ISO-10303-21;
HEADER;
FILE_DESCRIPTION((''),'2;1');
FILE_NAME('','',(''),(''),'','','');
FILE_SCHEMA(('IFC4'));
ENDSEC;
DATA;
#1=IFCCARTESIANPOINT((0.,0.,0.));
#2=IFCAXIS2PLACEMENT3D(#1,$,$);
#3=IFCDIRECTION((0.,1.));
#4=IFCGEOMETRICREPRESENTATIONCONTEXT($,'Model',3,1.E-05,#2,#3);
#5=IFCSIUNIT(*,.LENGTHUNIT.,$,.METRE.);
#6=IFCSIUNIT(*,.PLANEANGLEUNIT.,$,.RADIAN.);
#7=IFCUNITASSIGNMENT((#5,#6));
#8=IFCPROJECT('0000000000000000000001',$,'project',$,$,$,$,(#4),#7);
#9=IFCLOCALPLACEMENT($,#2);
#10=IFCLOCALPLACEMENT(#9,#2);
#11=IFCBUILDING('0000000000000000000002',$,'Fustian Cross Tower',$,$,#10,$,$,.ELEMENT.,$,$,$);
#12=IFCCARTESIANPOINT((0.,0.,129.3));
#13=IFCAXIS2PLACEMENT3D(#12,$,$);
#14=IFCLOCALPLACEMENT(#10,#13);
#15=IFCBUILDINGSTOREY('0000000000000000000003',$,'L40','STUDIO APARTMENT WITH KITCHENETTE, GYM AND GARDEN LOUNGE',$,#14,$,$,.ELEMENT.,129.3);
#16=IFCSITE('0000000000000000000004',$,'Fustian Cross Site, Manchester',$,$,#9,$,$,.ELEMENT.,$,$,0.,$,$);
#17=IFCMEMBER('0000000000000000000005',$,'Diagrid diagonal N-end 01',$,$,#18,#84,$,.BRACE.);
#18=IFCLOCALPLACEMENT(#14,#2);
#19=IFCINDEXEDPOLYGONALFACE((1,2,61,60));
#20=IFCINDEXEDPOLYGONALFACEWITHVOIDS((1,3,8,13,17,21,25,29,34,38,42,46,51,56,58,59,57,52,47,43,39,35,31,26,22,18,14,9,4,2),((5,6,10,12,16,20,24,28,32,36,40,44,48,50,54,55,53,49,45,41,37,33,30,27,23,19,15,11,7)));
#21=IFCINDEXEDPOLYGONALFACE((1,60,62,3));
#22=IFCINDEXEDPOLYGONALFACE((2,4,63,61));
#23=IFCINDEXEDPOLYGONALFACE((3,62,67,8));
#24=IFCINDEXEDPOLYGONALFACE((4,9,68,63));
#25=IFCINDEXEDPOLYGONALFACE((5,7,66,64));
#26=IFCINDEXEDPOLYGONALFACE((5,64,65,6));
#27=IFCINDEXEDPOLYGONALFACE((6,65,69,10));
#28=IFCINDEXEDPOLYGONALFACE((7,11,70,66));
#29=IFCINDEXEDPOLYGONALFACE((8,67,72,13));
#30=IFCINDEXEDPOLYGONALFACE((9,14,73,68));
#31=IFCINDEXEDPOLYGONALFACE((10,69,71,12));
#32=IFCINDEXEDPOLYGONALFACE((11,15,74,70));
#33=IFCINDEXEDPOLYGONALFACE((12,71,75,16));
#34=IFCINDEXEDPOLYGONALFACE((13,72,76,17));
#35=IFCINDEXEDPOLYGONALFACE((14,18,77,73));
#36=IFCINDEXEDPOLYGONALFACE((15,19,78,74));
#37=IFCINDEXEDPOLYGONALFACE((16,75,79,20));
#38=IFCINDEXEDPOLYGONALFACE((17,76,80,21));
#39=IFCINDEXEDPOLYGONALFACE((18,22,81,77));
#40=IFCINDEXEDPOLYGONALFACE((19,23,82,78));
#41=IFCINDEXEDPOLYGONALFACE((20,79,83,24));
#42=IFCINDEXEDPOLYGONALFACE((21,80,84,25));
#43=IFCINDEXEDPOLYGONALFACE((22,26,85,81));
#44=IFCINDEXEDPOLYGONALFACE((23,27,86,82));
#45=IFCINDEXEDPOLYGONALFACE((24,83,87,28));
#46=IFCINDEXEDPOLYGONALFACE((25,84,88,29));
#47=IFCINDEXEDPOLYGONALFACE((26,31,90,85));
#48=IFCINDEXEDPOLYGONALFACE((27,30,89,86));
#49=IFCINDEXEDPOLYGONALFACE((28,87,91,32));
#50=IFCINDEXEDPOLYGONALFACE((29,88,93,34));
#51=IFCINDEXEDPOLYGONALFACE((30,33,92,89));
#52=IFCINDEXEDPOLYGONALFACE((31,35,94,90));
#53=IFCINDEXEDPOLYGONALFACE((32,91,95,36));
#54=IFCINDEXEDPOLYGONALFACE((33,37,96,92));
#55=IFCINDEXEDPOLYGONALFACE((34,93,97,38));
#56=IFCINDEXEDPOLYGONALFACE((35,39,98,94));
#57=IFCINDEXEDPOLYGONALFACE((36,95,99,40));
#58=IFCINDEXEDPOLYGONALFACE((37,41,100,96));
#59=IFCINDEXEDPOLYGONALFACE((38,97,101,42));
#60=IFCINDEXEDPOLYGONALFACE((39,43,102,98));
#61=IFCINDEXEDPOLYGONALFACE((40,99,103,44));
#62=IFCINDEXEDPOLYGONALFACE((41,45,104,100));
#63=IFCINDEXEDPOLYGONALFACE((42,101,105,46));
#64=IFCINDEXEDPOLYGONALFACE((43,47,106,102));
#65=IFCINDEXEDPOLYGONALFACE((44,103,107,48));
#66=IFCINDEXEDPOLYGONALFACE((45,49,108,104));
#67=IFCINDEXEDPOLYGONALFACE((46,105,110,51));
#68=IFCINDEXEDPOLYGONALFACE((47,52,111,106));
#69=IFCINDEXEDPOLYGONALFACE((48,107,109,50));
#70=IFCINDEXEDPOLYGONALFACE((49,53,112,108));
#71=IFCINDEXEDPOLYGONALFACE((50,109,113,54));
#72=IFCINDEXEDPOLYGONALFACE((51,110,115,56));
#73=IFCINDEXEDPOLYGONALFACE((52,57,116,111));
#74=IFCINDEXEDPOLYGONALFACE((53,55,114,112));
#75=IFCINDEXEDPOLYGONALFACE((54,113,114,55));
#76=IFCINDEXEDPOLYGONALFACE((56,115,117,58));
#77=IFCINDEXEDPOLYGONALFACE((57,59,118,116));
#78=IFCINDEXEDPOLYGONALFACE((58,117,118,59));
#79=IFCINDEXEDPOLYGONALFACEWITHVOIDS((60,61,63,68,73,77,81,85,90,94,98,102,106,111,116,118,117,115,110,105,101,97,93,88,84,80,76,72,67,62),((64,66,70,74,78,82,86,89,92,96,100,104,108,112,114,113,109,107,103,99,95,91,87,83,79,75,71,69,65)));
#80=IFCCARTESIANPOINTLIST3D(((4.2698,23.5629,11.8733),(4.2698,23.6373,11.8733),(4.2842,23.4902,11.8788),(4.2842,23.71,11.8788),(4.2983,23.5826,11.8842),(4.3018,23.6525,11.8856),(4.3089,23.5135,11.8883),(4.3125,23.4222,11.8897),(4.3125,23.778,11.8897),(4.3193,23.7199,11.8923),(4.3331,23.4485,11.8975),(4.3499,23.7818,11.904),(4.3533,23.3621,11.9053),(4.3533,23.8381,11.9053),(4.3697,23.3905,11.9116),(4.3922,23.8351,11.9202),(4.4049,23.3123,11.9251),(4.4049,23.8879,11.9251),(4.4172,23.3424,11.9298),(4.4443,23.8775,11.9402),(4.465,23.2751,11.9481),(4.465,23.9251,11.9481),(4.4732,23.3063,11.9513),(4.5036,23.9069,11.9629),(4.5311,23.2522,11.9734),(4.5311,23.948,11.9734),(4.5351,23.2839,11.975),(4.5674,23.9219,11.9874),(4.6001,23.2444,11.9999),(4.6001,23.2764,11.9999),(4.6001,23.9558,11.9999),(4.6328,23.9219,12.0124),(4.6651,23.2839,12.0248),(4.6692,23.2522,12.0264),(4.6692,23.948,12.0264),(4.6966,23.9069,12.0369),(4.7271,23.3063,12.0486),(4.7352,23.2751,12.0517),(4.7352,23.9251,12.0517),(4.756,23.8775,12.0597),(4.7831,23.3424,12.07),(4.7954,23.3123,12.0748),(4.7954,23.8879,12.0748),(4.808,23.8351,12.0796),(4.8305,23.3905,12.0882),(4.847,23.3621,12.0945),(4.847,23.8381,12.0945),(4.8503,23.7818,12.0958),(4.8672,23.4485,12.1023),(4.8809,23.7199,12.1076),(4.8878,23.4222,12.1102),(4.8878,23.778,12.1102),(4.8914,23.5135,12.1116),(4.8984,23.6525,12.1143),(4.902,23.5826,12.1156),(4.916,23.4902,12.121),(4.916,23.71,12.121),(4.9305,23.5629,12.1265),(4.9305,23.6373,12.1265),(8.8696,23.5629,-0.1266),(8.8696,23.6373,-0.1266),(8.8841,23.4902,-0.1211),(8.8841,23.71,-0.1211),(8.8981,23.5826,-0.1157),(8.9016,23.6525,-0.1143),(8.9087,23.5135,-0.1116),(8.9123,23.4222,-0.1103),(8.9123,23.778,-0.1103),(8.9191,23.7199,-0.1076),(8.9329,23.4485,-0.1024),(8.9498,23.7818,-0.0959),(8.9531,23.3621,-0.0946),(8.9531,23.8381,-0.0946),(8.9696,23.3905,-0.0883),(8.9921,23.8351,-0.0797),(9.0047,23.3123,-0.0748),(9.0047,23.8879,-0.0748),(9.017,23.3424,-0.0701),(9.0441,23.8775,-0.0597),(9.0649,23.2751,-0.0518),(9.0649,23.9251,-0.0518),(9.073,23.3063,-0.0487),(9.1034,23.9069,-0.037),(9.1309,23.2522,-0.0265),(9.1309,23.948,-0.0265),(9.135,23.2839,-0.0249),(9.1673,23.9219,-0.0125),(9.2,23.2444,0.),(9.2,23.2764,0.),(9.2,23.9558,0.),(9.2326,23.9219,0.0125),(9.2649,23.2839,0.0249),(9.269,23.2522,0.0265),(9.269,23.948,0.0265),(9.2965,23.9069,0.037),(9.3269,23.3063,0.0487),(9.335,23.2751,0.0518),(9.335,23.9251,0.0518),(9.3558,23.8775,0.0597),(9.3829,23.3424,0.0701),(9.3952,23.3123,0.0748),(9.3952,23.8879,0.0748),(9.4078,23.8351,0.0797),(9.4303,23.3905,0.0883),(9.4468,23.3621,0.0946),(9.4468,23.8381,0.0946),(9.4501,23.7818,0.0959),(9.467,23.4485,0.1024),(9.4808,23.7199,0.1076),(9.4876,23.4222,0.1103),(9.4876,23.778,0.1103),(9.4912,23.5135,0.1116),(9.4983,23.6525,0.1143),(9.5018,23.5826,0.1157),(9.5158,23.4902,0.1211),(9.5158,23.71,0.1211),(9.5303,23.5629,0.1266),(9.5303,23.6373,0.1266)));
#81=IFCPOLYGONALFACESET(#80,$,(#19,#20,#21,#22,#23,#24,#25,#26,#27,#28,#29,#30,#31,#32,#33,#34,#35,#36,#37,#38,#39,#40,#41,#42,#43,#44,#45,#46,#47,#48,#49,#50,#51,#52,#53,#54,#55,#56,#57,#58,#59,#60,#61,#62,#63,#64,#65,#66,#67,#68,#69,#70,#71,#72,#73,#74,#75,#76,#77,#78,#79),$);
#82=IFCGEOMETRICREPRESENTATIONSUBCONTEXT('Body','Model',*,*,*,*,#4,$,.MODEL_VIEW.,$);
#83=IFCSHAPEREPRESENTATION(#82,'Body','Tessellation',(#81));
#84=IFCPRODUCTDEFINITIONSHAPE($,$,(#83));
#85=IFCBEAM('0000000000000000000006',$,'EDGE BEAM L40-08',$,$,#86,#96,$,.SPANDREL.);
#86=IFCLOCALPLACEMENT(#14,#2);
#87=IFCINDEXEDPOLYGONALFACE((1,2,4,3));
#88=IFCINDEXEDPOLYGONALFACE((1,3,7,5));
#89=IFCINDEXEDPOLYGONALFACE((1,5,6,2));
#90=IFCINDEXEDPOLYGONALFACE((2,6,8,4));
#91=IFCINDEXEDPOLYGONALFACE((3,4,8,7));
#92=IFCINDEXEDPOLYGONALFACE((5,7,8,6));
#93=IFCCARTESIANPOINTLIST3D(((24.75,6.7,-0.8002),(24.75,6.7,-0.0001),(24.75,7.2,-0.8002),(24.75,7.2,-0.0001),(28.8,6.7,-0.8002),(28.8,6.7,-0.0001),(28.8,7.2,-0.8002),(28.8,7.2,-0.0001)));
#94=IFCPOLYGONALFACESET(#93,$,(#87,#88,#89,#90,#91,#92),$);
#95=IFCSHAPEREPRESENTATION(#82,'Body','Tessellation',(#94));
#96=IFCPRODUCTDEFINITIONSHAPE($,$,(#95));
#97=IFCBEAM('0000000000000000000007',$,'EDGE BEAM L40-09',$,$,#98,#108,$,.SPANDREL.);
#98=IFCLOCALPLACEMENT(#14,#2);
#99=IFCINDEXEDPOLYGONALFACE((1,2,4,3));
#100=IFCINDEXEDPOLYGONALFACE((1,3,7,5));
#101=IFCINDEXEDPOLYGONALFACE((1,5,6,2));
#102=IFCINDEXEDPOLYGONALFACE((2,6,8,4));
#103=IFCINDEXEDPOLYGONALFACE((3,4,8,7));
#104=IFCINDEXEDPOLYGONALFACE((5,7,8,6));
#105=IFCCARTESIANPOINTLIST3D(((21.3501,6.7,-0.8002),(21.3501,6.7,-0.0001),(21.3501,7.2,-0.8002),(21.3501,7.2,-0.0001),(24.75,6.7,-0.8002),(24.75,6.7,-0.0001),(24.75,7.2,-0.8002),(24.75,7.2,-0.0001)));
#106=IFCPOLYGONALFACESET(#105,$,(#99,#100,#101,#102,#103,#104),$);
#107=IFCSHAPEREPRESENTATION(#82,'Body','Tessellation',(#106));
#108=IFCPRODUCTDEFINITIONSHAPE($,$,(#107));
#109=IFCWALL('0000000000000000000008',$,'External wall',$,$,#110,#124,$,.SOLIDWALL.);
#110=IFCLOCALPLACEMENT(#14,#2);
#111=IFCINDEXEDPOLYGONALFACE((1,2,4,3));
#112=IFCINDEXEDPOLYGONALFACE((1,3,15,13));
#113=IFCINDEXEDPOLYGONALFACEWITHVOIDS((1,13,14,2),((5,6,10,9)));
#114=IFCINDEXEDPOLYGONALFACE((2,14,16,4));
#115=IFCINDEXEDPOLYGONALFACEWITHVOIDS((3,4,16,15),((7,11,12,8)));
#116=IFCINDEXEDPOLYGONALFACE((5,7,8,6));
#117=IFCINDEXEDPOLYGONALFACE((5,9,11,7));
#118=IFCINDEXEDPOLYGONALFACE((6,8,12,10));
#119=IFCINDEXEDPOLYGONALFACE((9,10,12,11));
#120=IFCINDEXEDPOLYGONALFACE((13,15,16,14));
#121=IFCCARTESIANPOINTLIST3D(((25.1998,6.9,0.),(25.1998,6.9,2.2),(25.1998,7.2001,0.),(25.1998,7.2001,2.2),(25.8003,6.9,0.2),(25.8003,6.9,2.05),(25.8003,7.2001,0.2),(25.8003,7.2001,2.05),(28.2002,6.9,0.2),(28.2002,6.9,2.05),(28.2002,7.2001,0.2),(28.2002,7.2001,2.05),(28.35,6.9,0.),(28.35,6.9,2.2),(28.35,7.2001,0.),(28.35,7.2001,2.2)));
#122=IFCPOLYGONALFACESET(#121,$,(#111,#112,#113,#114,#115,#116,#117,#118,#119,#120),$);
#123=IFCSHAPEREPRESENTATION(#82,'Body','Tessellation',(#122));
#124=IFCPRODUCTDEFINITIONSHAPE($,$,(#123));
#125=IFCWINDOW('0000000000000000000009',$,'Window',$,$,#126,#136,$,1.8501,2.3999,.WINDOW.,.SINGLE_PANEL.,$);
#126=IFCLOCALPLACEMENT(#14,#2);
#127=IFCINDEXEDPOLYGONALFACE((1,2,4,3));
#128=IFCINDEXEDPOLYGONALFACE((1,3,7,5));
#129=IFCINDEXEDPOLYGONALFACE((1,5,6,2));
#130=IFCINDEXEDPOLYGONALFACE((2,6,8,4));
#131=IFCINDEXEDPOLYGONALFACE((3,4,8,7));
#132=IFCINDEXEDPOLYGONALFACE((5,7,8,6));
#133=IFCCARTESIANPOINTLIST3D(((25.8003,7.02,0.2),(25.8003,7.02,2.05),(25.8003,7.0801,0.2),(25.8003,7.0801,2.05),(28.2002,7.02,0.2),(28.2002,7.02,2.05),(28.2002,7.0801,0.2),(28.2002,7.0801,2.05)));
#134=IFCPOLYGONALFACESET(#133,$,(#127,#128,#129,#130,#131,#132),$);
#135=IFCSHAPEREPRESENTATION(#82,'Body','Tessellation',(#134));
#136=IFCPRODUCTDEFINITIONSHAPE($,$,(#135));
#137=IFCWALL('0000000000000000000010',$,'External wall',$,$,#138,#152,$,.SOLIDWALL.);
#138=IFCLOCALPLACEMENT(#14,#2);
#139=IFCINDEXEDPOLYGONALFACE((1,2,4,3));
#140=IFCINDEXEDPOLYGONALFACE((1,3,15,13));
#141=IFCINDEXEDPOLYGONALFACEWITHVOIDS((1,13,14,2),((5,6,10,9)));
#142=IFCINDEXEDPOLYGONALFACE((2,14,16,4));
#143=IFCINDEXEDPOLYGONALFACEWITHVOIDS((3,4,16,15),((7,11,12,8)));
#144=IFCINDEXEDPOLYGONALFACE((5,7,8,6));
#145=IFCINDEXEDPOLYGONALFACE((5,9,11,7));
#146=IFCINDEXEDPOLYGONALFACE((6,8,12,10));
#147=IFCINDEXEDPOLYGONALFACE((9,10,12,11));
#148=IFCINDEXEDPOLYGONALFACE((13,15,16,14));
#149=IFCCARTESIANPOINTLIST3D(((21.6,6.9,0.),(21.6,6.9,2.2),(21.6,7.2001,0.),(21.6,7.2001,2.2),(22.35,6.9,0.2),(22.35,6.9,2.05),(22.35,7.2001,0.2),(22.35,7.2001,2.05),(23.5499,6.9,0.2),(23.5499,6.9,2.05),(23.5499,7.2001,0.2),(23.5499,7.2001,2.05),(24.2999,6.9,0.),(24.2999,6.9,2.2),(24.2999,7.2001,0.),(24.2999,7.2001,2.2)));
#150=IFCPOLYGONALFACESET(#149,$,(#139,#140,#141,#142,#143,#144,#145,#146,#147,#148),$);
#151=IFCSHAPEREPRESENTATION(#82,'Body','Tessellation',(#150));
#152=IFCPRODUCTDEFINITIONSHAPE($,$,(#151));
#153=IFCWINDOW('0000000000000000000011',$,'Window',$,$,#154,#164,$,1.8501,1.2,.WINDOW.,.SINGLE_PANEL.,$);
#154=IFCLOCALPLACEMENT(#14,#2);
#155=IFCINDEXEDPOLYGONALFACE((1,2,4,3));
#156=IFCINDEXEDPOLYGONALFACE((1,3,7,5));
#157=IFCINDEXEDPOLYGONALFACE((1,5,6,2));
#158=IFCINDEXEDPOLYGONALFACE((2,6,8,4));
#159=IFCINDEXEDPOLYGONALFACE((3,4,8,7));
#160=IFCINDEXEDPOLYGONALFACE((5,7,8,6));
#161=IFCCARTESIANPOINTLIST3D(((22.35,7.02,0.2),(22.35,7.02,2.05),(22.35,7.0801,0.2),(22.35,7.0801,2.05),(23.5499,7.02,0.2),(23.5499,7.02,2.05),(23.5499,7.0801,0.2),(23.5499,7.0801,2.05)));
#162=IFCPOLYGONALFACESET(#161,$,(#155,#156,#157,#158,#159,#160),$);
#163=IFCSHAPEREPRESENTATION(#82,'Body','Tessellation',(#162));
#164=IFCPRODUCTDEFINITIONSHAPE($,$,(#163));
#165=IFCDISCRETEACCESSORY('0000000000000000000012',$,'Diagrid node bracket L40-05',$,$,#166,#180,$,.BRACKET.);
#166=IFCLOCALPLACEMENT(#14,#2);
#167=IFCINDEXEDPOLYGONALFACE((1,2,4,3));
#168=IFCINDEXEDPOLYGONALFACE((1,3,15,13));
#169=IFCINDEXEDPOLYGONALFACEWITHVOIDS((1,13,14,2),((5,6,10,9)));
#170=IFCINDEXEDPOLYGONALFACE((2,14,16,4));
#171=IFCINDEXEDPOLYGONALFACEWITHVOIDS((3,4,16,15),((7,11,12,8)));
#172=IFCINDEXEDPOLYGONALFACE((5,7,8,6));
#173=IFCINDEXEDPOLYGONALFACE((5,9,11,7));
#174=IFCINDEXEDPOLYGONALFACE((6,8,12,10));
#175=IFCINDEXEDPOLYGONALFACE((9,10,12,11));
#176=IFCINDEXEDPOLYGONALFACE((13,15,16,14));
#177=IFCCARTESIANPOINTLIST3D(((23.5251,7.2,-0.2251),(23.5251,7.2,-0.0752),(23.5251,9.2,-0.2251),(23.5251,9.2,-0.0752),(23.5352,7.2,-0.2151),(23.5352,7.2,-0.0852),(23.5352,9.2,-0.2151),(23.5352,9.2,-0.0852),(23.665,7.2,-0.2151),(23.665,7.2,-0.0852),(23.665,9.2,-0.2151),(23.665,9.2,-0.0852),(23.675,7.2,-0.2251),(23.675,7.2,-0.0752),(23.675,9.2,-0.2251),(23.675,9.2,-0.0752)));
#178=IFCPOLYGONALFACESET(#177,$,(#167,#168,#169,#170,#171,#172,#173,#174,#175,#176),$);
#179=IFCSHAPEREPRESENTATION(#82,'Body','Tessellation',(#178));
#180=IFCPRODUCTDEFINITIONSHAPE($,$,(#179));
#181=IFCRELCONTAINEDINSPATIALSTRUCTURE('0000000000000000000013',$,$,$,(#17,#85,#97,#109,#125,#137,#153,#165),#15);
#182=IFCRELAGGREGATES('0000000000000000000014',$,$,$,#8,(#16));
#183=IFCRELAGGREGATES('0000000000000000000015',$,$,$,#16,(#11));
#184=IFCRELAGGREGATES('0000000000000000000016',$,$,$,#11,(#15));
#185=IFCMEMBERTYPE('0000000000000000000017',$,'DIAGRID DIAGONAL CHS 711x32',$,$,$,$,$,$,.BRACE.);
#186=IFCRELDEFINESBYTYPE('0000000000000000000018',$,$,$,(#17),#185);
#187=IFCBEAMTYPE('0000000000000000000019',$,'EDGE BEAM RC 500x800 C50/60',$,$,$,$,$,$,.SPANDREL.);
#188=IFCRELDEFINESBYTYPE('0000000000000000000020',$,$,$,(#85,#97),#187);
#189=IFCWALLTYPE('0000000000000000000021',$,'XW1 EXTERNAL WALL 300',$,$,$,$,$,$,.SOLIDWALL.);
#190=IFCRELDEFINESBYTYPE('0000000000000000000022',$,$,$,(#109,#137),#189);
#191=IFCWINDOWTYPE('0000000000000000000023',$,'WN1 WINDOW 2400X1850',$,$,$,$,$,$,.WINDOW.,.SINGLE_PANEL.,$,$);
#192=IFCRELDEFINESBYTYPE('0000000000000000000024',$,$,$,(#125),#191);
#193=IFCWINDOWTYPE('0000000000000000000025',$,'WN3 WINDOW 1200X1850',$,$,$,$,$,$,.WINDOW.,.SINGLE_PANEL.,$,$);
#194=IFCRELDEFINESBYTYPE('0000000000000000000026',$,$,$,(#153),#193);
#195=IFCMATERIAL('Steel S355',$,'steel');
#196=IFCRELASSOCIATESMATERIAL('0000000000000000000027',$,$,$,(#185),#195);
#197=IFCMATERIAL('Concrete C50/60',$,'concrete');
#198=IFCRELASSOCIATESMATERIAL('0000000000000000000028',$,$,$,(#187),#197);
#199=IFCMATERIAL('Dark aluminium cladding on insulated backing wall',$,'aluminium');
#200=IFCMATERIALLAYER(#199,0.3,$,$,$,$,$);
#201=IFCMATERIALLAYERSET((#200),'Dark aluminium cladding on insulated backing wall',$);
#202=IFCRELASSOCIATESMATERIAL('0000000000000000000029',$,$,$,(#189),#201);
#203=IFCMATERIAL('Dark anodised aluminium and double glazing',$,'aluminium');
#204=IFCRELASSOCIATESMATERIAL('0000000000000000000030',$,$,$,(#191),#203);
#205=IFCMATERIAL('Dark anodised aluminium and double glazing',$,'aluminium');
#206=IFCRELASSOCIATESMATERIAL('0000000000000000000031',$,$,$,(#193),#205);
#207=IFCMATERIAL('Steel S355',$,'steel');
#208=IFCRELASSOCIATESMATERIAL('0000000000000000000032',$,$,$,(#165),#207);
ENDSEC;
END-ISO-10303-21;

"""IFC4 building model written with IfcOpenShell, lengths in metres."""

from ifc_helpers import new_model, si_unit, direction, frame, frame_2d, origin, origin_2d, place, context, subcontext, project, spatial, rectangle, hollow_rectangle, hollow_circle, extrude, material, layer, layer_set, material_profile, profile_set, type_object, element, fill, save


model = new_model("IFC4")

# Units and contexts
model_context = context("Model", 3, precision=1e-05, world=origin(), true_north=direction((0.0, 1.0)))
body_context = subcontext(model_context, "Body", "Model", "MODEL_VIEW")
ifc_project = project(units=[si_unit("LENGTHUNIT", "METRE"), si_unit("PLANEANGLEUNIT", "RADIAN")], contexts=[model_context])

# Site, building, storey
site_placement = place(None, origin())
site = spatial("IfcSite", under=ifc_project, at=site_placement, Name="Fustian Cross Site, Manchester", CompositionType="ELEMENT", RefElevation=0.0)
building_placement = place(site_placement, origin())
building = spatial("IfcBuilding", under=site, at=building_placement, Name="Fustian Cross Tower", CompositionType="ELEMENT")
storey_placement = place(building_placement, frame((0.0, 0.0, 129.3)))
storey = spatial("IfcBuildingStorey", under=building, at=storey_placement, Name="L40", Description="STUDIO APARTMENT WITH KITCHENETTE, GYM AND GARDEN LOUNGE", CompositionType="ELEMENT", Elevation=129.3)

# Member
ifc_material_1 = material(Name="Steel S355", Category="steel")
ifc_material_profile_1 = material_profile(ifc_material_1, hollow_circle(Radius=0.3557, WallThickness=0.032, at=origin_2d()), Name="CHS 711x32")
ifc_profile_set_1 = profile_set([ifc_material_profile_1], Name="Steel S355")
member_type_1 = type_object("IfcMemberType", Name="DIAGRID DIAGONAL CHS 711x32", PredefinedType="BRACE", material=ifc_profile_set_1)
member_placement = place(storey_placement, frame((9.2, 23.6001, 0.0), z_axis=(-0.357926, 0.0, 0.93375), x_axis=(0.0, -1.0, 0.0)))
element("IfcMember", 1, at=member_placement, inside=storey, type_object=member_type_1, Name="Diagrid diagonal N-end 01", PredefinedType="BRACE", context=body_context, shape_type="SweptSolid", body=[
    extrude(hollow_circle(Radius=0.3557, WallThickness=0.032, at=origin_2d()), origin(), (0.0, 0.0, 1.0), 12.8513),
])

# Beams
ifc_material_2 = material(Name="Concrete C50/60", Category="concrete")
ifc_material_profile_2 = material_profile(ifc_material_2, rectangle(XDim=0.5, YDim=0.8, at=origin_2d()), Name="RC 500x800")
ifc_profile_set_2 = profile_set([ifc_material_profile_2], Name="Concrete C50/60")
beam_type = type_object("IfcBeamType", Name="EDGE BEAM RC 500x800 C50/60", PredefinedType="SPANDREL", material=ifc_profile_set_2)
beam_1_placement = place(storey_placement, frame((28.8, 6.95, -0.4001), z_axis=(-1.0, 0.0, 0.0), x_axis=(0.0, -1.0, 0.0)))
element("IfcBeam", 2, at=beam_1_placement, inside=storey, type_object=beam_type, Name="EDGE BEAM L40-08", PredefinedType="SPANDREL", context=body_context, shape_type="SweptSolid", body=[
    extrude(rectangle(XDim=0.5, YDim=0.8, at=origin_2d()), origin(), (0.0, 0.0, 1.0), 4.05),
])
beam_2_placement = place(storey_placement, frame((24.75, 6.95, -0.4001), z_axis=(-1.0, 0.0, 0.0), x_axis=(0.0, -1.0, 0.0)))
element("IfcBeam", 3, at=beam_2_placement, inside=storey, type_object=beam_type, Name="EDGE BEAM L40-09", PredefinedType="SPANDREL", context=body_context, shape_type="SweptSolid", body=[
    extrude(rectangle(XDim=0.5, YDim=0.8, at=origin_2d()), origin(), (0.0, 0.0, 1.0), 3.3999),
])

# Walls, openings, windows
ifc_material_3 = material(Name="Dark aluminium cladding on insulated backing wall", Category="aluminium")
ifc_layer = layer(ifc_material_3, 0.3)
ifc_layer_set = layer_set([ifc_layer], Name="Dark aluminium cladding on insulated backing wall")
wall_type = type_object("IfcWallType", Name="XW1 EXTERNAL WALL 300", PredefinedType="SOLIDWALL", material=ifc_layer_set)
wall_1_placement = place(storey_placement, frame((28.3501, 7.05, 0.0), z_axis=(0.0, 0.0, 1.0), x_axis=(-1.0, 0.0, 0.0)))
wall_1 = element("IfcWall", 4, at=wall_1_placement, inside=storey, type_object=wall_type, Name="External wall", PredefinedType="SOLIDWALL", context=body_context, shape_type="SweptSolid", body=[
    extrude(rectangle(XDim=3.1501, YDim=0.3, at=frame_2d((1.5752, 0.0))), origin(), (0.0, 0.0, 1.0), 2.2),
])
opening_1_placement = place(wall_1_placement, frame((0.1499, 0.0, 0.2)))
opening_1 = element("IfcOpeningElement", 5, at=opening_1_placement, cuts=wall_1, PredefinedType="OPENING", context=body_context, shape_type="SweptSolid", body=[
    extrude(rectangle(XDim=2.3999, YDim=1.8501, at=frame_2d((1.2, 0.925))), frame((0.0, 0.1599, 0.0), z_axis=(0.0, -1.0, 0.0), x_axis=(1.0, 0.0, 0.0)), (0.0, 0.0, 1.0), 0.3201),
])
ifc_material_4 = material(Name="Dark anodised aluminium and double glazing", Category="aluminium")
window_type_1 = type_object("IfcWindowType", Name="WN1 WINDOW 2400X1850", PartitioningType="SINGLE_PANEL", PredefinedType="WINDOW", material=ifc_material_4)
window_1_placement = place(opening_1_placement, origin())
window_1 = element("IfcWindow", 6, at=window_1_placement, inside=storey, type_object=window_type_1, Name="Window", OverallHeight=1.8501, OverallWidth=2.3999, PartitioningType="SINGLE_PANEL", PredefinedType="WINDOW", context=body_context, shape_type="SweptSolid", body=[
    extrude(rectangle(XDim=2.3999, YDim=1.8501, at=frame_2d((1.2, 0.925))), frame((0.0, 0.03, 0.0), z_axis=(0.0, -1.0, 0.0), x_axis=(1.0, 0.0, 0.0)), (0.0, 0.0, 1.0), 0.0601),
])
fill(opening_1, window_1)
wall_2_placement = place(storey_placement, frame((24.3, 7.05, 0.0), z_axis=(0.0, 0.0, 1.0), x_axis=(-1.0, 0.0, 0.0)))
wall_2 = element("IfcWall", 7, at=wall_2_placement, inside=storey, type_object=wall_type, Name="External wall", PredefinedType="SOLIDWALL", context=body_context, shape_type="SweptSolid", body=[
    extrude(rectangle(XDim=2.7, YDim=0.3, at=frame_2d((1.3501, 0.0))), origin(), (0.0, 0.0, 1.0), 2.2),
])
opening_2_placement = place(wall_2_placement, frame((0.75, 0.0, 0.2)))
opening_2 = element("IfcOpeningElement", 8, at=opening_2_placement, cuts=wall_2, PredefinedType="OPENING", context=body_context, shape_type="SweptSolid", body=[
    extrude(rectangle(XDim=1.2, YDim=1.8501, at=frame_2d((0.6001, 0.925))), frame((0.0, 0.1599, 0.0), z_axis=(0.0, -1.0, 0.0), x_axis=(1.0, 0.0, 0.0)), (0.0, 0.0, 1.0), 0.3201),
])
ifc_material_5 = material(Name="Dark anodised aluminium and double glazing", Category="aluminium")
window_type_2 = type_object("IfcWindowType", Name="WN3 WINDOW 1200X1850", PartitioningType="SINGLE_PANEL", PredefinedType="WINDOW", material=ifc_material_5)
window_2_placement = place(opening_2_placement, origin())
window_2 = element("IfcWindow", 9, at=window_2_placement, inside=storey, type_object=window_type_2, Name="Window", OverallHeight=1.8501, OverallWidth=1.2, PartitioningType="SINGLE_PANEL", PredefinedType="WINDOW", context=body_context, shape_type="SweptSolid", body=[
    extrude(rectangle(XDim=1.2, YDim=1.8501, at=frame_2d((0.6001, 0.925))), frame((0.0, 0.03, 0.0), z_axis=(0.0, -1.0, 0.0), x_axis=(1.0, 0.0, 0.0)), (0.0, 0.0, 1.0), 0.0601),
])
fill(opening_2, window_2)

# Discrete accessory
ifc_material_6 = material(Name="Steel S355", Category="steel")
for number, where, z_axis, x_axis, name in (
    (10, (23.6001, 9.2, -0.1501), (0.0, -1.0, 0.0), (1.0, 0.0, 0.0), "Diagrid node bracket L40-05"),
):
    element("IfcDiscreteAccessory", number, at=place(storey_placement, frame(where, z_axis=z_axis, x_axis=x_axis)), inside=storey, material=ifc_material_6, Name=name, PredefinedType="BRACKET", context=body_context, shape_type="SweptSolid", body=[
        extrude(hollow_rectangle(XDim=0.1499, YDim=0.1499, WallThickness=0.01, at=origin_2d()), origin(), (0.0, 0.0, 1.0), 2.0),
    ])

save(model, "model.ifc")
